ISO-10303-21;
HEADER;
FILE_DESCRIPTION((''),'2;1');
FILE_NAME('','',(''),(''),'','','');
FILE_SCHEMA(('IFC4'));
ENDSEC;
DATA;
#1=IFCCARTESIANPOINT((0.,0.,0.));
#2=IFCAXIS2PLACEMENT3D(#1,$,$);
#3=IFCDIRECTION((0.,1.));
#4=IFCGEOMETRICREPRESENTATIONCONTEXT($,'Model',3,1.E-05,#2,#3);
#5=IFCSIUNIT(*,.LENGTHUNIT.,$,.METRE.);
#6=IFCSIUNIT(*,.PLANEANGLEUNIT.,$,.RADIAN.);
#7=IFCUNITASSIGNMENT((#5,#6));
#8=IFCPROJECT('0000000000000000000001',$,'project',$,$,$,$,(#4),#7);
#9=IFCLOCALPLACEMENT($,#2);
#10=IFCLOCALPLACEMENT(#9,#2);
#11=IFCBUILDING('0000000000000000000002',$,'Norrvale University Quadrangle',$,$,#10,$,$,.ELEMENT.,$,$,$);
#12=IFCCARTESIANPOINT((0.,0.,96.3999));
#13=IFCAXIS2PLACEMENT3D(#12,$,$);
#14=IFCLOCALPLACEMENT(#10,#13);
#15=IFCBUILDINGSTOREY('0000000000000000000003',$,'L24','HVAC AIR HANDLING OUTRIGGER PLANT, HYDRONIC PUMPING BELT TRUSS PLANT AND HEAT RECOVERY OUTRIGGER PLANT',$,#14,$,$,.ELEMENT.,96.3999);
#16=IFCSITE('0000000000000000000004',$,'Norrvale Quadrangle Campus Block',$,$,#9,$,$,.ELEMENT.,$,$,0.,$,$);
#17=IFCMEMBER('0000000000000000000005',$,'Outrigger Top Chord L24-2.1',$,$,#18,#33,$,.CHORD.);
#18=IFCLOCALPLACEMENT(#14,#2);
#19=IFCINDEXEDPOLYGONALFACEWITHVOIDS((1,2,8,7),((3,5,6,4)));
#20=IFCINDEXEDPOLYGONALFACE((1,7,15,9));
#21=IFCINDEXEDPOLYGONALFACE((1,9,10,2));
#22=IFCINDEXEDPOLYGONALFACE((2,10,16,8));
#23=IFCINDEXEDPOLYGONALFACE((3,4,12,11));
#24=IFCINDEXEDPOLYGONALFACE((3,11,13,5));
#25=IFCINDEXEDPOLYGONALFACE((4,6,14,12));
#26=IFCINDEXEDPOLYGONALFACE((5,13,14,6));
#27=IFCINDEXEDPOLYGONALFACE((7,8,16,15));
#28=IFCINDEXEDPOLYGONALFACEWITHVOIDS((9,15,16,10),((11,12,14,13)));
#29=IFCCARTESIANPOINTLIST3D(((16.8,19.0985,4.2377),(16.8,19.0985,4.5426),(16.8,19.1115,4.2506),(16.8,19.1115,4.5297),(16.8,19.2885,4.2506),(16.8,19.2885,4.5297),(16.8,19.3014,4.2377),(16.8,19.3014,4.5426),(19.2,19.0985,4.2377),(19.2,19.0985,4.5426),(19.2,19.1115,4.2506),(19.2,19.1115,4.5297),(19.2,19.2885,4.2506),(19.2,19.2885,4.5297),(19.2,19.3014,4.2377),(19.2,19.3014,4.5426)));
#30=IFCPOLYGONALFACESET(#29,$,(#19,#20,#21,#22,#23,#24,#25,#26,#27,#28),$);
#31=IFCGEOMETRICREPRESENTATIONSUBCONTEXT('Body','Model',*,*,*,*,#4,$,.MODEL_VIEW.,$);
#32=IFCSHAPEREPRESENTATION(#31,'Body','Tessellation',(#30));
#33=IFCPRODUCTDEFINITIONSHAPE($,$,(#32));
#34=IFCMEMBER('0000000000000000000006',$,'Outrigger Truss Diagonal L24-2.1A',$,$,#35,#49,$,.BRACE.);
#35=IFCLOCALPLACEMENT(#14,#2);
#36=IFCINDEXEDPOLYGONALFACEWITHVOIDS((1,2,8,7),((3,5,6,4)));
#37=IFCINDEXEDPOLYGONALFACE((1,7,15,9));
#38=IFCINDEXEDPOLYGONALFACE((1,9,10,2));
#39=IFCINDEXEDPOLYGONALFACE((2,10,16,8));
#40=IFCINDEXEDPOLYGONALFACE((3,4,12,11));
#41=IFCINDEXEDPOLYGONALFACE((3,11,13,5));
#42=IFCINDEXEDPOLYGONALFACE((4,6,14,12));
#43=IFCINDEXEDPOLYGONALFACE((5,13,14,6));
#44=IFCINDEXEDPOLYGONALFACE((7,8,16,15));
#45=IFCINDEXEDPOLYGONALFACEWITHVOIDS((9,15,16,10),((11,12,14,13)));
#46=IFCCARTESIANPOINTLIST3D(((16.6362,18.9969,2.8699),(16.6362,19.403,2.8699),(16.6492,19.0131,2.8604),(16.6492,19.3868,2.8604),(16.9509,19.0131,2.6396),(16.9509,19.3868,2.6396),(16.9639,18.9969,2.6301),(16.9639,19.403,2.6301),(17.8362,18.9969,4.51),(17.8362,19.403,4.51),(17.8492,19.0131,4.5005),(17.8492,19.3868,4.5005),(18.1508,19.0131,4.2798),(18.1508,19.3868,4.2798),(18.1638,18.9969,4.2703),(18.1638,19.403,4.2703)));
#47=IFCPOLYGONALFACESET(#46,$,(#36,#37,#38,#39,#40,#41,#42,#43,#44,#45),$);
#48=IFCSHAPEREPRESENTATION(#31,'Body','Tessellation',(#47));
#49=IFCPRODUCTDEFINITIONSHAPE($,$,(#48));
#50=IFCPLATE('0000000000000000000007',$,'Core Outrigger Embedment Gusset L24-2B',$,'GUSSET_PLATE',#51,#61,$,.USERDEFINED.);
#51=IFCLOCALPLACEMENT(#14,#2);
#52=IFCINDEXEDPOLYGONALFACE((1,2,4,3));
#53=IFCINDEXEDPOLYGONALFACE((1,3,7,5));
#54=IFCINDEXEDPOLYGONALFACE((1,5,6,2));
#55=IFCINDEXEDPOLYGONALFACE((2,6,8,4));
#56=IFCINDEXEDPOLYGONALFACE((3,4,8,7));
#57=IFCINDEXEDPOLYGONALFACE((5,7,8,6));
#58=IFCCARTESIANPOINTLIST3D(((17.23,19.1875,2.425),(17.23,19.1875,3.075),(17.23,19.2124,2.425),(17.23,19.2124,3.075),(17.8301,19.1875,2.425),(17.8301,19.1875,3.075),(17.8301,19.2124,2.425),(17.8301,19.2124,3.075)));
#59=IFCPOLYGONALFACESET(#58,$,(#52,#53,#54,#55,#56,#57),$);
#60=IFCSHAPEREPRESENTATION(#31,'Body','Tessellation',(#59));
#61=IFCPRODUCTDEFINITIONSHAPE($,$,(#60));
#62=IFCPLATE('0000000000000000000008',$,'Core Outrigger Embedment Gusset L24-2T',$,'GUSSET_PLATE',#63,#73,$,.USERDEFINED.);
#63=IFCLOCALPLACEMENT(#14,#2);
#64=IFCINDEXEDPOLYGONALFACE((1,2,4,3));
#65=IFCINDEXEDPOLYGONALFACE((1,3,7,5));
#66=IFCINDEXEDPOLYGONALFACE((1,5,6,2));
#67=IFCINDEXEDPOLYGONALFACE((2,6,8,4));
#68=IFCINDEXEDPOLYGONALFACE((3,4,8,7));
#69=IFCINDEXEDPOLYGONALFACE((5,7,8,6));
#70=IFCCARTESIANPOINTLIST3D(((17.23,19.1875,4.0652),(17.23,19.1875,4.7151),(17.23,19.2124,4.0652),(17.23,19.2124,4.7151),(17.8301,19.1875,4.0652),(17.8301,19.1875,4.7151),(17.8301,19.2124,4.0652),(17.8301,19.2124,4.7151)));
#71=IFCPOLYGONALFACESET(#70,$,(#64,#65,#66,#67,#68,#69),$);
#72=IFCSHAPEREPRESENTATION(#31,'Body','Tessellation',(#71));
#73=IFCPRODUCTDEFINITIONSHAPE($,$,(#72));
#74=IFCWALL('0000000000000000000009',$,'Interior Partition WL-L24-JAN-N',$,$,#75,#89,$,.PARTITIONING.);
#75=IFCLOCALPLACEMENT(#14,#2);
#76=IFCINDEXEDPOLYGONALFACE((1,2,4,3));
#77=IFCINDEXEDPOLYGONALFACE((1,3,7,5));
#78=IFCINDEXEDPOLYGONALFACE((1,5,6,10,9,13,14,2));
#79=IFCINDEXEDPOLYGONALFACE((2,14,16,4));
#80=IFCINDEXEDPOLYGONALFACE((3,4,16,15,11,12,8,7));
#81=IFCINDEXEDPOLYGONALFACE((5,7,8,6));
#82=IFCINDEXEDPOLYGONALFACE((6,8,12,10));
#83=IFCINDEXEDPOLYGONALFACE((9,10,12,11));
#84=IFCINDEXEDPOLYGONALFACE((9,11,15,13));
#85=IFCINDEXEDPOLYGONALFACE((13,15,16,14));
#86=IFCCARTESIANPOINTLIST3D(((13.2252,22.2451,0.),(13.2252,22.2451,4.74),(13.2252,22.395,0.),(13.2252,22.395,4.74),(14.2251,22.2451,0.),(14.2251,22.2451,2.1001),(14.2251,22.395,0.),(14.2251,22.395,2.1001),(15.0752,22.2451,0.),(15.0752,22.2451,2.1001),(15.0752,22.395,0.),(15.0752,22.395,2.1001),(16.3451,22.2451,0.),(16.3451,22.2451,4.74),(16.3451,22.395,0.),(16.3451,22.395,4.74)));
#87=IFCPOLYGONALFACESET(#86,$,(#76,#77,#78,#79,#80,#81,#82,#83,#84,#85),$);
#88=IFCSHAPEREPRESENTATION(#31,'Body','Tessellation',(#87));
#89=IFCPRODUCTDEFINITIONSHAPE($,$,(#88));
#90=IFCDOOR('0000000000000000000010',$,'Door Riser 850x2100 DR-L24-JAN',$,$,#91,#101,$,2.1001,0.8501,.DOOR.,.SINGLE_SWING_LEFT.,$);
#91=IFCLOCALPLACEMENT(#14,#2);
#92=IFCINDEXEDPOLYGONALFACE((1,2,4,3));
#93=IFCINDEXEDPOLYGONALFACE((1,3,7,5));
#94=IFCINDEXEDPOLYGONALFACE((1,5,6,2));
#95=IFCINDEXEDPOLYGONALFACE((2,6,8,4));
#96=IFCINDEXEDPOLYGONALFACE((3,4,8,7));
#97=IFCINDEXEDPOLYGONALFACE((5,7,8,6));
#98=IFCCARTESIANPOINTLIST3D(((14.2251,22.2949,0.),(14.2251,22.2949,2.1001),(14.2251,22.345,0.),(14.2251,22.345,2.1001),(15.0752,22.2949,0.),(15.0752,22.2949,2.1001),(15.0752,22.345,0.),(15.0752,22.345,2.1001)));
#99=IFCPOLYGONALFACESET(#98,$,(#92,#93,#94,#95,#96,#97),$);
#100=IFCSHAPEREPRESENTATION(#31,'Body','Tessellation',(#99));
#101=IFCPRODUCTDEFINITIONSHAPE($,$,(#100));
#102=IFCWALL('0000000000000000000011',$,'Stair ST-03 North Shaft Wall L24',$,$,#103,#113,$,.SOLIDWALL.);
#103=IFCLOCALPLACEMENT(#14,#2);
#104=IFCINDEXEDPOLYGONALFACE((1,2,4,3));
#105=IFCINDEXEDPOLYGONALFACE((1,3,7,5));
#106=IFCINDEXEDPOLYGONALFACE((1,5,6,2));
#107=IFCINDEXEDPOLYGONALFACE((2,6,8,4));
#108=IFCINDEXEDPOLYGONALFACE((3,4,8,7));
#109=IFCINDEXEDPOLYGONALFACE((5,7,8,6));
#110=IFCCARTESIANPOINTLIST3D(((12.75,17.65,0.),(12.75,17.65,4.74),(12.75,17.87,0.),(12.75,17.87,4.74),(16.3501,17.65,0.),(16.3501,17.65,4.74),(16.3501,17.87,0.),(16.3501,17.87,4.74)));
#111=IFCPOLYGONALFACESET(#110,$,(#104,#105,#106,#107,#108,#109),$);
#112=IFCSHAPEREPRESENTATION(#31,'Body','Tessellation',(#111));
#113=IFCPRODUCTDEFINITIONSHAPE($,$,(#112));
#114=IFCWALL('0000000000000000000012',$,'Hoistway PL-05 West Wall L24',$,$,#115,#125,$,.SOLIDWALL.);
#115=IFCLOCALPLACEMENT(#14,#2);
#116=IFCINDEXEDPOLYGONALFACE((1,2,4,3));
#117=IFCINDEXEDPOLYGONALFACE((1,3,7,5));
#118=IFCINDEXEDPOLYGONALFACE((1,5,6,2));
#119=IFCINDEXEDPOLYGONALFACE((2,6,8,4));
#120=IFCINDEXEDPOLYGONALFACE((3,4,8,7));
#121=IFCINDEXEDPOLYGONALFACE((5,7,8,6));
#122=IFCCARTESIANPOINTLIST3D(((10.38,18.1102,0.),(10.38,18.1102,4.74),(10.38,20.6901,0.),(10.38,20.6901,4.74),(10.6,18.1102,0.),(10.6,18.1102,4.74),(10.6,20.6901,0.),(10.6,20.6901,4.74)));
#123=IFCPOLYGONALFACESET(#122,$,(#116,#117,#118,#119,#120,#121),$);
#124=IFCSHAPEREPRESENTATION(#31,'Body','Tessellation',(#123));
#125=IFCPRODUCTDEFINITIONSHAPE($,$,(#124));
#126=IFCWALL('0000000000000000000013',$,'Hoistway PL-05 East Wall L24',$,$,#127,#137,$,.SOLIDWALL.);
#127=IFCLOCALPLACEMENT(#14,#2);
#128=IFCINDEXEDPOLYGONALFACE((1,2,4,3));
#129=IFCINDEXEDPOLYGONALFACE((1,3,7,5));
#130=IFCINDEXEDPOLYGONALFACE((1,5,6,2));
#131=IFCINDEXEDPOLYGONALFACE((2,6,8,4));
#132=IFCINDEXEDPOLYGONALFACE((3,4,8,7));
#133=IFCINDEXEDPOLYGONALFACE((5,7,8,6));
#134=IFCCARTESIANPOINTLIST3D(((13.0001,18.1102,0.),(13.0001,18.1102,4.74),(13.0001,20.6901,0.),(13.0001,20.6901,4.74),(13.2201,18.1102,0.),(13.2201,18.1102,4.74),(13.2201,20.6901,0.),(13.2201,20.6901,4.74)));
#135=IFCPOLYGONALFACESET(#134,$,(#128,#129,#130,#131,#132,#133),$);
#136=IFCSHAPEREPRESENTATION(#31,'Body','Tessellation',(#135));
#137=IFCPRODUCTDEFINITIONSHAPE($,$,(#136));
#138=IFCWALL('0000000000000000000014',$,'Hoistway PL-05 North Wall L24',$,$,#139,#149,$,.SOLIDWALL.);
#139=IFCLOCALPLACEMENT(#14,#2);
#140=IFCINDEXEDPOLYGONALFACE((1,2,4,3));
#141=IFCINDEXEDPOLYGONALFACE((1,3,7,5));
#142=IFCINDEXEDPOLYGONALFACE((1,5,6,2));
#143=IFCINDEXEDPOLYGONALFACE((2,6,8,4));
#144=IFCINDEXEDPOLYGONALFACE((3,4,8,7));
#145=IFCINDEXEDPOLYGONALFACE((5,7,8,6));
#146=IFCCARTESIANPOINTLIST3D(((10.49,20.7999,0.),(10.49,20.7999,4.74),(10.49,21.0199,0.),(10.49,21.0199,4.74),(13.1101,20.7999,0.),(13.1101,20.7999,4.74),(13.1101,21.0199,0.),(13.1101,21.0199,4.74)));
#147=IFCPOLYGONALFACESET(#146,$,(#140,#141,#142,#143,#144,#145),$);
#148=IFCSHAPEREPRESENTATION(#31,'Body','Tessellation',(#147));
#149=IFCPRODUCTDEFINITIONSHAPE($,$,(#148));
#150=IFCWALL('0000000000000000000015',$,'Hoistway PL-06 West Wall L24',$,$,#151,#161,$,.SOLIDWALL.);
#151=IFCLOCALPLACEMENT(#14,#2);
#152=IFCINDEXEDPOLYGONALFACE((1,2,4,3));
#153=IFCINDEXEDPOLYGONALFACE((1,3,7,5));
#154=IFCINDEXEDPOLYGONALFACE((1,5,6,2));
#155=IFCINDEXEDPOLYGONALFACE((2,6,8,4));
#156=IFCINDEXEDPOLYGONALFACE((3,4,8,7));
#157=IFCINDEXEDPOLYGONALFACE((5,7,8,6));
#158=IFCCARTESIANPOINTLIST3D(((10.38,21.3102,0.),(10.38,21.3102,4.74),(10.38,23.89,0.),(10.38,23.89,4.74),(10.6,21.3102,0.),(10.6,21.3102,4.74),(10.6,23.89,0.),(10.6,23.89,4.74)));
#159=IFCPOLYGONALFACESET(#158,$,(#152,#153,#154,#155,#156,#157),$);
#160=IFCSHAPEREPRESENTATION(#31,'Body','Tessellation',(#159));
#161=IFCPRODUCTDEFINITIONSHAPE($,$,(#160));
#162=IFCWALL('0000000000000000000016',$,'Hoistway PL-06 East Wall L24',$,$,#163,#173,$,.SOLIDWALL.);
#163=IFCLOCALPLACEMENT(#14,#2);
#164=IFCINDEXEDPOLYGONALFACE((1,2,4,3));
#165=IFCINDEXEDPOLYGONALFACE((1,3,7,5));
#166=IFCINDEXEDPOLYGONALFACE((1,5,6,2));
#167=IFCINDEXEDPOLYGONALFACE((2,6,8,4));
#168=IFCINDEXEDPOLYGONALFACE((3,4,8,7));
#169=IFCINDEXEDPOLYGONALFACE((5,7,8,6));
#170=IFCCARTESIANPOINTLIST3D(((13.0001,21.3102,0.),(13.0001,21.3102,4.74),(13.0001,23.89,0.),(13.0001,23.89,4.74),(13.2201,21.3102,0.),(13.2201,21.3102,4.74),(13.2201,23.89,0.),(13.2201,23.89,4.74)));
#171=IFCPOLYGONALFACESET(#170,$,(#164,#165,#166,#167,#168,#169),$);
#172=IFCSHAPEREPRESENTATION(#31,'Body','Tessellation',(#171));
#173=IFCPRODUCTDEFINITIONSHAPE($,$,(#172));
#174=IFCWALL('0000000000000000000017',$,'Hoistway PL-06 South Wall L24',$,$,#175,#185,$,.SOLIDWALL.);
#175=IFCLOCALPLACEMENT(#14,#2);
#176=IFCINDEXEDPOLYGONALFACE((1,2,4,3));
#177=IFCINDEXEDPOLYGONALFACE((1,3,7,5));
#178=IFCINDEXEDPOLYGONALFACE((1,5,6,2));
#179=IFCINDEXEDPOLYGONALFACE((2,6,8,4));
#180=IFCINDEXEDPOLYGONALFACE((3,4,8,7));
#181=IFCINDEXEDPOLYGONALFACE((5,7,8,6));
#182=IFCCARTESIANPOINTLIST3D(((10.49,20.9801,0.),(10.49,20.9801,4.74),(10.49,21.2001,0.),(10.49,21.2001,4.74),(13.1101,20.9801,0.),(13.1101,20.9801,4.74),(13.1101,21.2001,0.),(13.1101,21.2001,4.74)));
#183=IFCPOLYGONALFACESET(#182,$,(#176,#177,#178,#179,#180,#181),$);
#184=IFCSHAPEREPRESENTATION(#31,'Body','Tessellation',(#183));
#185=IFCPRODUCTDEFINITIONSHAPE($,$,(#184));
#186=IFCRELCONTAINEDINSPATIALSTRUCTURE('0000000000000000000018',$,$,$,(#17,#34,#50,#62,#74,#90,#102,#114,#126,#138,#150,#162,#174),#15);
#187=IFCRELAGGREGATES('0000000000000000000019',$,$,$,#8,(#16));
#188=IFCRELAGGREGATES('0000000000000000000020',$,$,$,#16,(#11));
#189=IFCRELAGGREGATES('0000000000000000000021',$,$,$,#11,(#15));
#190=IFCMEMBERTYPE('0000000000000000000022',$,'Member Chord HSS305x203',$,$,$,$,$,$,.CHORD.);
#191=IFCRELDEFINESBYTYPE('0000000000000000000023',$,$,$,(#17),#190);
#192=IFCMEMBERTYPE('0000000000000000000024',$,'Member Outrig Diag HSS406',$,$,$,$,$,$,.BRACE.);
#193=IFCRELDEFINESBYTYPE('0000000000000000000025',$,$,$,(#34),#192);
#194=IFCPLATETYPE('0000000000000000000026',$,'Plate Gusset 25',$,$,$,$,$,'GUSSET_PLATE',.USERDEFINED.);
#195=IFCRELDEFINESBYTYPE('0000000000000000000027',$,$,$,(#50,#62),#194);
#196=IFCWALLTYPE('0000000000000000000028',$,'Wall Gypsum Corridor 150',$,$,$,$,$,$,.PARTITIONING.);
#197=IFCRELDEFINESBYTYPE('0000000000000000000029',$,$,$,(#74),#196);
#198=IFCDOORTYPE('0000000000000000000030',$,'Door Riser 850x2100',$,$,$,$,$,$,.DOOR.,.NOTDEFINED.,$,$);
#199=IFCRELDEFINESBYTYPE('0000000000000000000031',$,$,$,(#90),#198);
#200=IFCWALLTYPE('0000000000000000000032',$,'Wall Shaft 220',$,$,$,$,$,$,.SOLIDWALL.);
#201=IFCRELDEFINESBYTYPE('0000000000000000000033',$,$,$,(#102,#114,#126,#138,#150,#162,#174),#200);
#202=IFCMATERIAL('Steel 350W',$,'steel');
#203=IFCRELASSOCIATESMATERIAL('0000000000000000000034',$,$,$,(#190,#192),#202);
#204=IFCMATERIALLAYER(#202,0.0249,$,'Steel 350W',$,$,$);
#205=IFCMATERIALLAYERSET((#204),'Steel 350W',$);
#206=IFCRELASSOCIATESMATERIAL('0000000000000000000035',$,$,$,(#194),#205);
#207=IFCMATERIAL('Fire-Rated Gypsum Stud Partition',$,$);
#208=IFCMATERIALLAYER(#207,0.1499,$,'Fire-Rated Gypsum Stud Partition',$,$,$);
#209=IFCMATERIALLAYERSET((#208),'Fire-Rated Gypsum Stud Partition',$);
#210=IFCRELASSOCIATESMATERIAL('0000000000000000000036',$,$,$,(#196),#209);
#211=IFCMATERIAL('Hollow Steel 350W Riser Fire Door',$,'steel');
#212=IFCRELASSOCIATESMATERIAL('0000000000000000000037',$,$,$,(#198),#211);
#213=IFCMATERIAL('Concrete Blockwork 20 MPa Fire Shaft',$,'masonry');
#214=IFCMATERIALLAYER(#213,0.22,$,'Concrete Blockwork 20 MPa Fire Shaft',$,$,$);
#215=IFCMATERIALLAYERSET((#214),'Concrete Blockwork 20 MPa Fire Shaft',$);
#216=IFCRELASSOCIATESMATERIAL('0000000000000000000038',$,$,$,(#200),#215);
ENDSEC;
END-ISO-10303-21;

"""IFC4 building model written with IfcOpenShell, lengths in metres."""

from ifc_helpers import new_model, si_unit, direction, frame, frame_2d, origin, origin_2d, place, context, subcontext, project, spatial, rectangle, hollow_rectangle, extrude, material, layer, layer_set, material_profile, profile_set, type_object, element, fill, save


model = new_model("IFC4")

# Units and contexts
model_context = context("Model", 3, precision=1e-05, world=origin(), true_north=direction((0.0, 1.0)))
body_context = subcontext(model_context, "Body", "Model", "MODEL_VIEW")
ifc_project = project(units=[si_unit("LENGTHUNIT", "METRE"), si_unit("PLANEANGLEUNIT", "RADIAN")], contexts=[model_context])

# Site, building, storey
site_placement = place(None, origin())
site = spatial("IfcSite", under=ifc_project, at=site_placement, Name="Norrvale Quadrangle Campus Block", CompositionType="ELEMENT", RefElevation=0.0)
building_placement = place(site_placement, origin())
building = spatial("IfcBuilding", under=site, at=building_placement, Name="Norrvale University Quadrangle", CompositionType="ELEMENT")
storey_placement = place(building_placement, frame((0.0, 0.0, 96.3999)))
storey = spatial("IfcBuildingStorey", under=building, at=storey_placement, Name="L24", Description="HVAC AIR HANDLING OUTRIGGER PLANT, HYDRONIC PUMPING BELT TRUSS PLANT AND HEAT RECOVERY OUTRIGGER PLANT", CompositionType="ELEMENT", Elevation=96.3999)

# Shared definitions
ifc_material_1 = material(Name="Steel 350W", Category="steel")

# Members
ifc_material_profile_1 = material_profile(ifc_material_1, hollow_rectangle(XDim=0.2029, YDim=0.3049, WallThickness=0.0129, at=origin_2d()), Name="Steel 350W")
ifc_profile_set_1 = profile_set([ifc_material_profile_1], Name="Steel 350W")
member_type_1 = type_object("IfcMemberType", Name="Member Chord HSS305x203", PredefinedType="CHORD", material=ifc_profile_set_1)
member_1_placement = place(storey_placement, frame((16.8, 19.2, 4.3901), z_axis=(1.0, 0.0, 0.0), x_axis=(0.0, 1.0, 0.0)))
element("IfcMember", 1, at=member_1_placement, inside=storey, type_object=member_type_1, Name="Outrigger Top Chord L24-2.1", PredefinedType="CHORD", context=body_context, shape_type="SweptSolid", body=[
    extrude(hollow_rectangle(XDim=0.2029, YDim=0.3049, WallThickness=0.0129, at=origin_2d()), origin(), (0.0, 0.0, 1.0), 2.3999),
])
ifc_material_profile_2 = material_profile(ifc_material_1, hollow_rectangle(XDim=0.406, YDim=0.406, WallThickness=0.0161, at=origin_2d()), Name="Steel 350W")
ifc_profile_set_2 = profile_set([ifc_material_profile_2], Name="Steel 350W")
member_type_2 = type_object("IfcMemberType", Name="Member Outrig Diag HSS406", PredefinedType="BRACE", material=ifc_profile_set_2)
member_2_placement = place(storey_placement, frame((16.8, 19.2, 2.75), z_axis=(0.590462, 0.0, 0.807065), x_axis=(0.0, 1.0, 0.0)))
element("IfcMember", 2, at=member_2_placement, inside=storey, type_object=member_type_2, Name="Outrigger Truss Diagonal L24-2.1A", PredefinedType="BRACE", context=body_context, shape_type="SweptSolid", body=[
    extrude(hollow_rectangle(XDim=0.406, YDim=0.406, WallThickness=0.0161, at=origin_2d()), origin(), (0.0, 0.0, 1.0), 2.0322),
])

# Plates
ifc_layer_1 = layer(ifc_material_1, 0.0249, Name="Steel 350W")
ifc_layer_set_1 = layer_set([ifc_layer_1], Name="Steel 350W")
plate_type = type_object("IfcPlateType", Name="Plate Gusset 25", ElementType="GUSSET_PLATE", PredefinedType="USERDEFINED", material=ifc_layer_set_1)
for number, where, z_axis, x_axis, name in (
    (3, (17.53, 19.2, 2.425), (0.0, 0.0, 1.0), (1.0, 0.0, 0.0), "Core Outrigger Embedment Gusset L24-2B"),
    (4, (17.53, 19.2, 4.0652), (0.0, 0.0, 1.0), (1.0, 0.0, 0.0), "Core Outrigger Embedment Gusset L24-2T"),
):
    element("IfcPlate", number, at=place(storey_placement, frame(where, z_axis=z_axis, x_axis=x_axis)), inside=storey, type_object=plate_type, Name=name, ObjectType="GUSSET_PLATE", PredefinedType="USERDEFINED", context=body_context, shape_type="SweptSolid", body=[
        extrude(rectangle(XDim=0.6001, YDim=0.0249, at=origin_2d()), origin(), (0.0, 0.0, 1.0), 0.6499),
    ])

# Wall, opening, door
ifc_material_2 = material(Name="Fire-Rated Gypsum Stud Partition")
ifc_layer_2 = layer(ifc_material_2, 0.1499, Name="Fire-Rated Gypsum Stud Partition")
ifc_layer_set_2 = layer_set([ifc_layer_2], Name="Fire-Rated Gypsum Stud Partition")
wall_type_1 = type_object("IfcWallType", Name="Wall Gypsum Corridor 150", PredefinedType="PARTITIONING", material=ifc_layer_set_2)
wall_1_placement = place(storey_placement, frame((13.2251, 22.3201, 0.0), z_axis=(0.0, 0.0, 1.0), x_axis=(1.0, 0.0, 0.0)))
wall_1 = element("IfcWall", 5, at=wall_1_placement, inside=storey, type_object=wall_type_1, Name="Interior Partition WL-L24-JAN-N", PredefinedType="PARTITIONING", context=body_context, shape_type="SweptSolid", body=[
    extrude(rectangle(XDim=3.1199, YDim=0.1499, at=frame_2d((1.5601, 0.0))), origin(), (0.0, 0.0, 1.0), 4.74),
])
opening_placement = place(wall_1_placement, frame((1.0, 0.0, 0.0)))
opening = element("IfcOpeningElement", 6, at=opening_placement, cuts=wall_1, PredefinedType="OPENING", context=body_context, shape_type="SweptSolid", body=[
    extrude(rectangle(XDim=0.8501, YDim=2.1001, at=frame_2d((0.425, 1.05))), frame((0.0, 0.0869, 0.0), z_axis=(0.0, -1.0, 0.0), x_axis=(1.0, 0.0, 0.0)), (0.0, 0.0, 1.0), 0.1738),
])
ifc_material_3 = material(Name="Hollow Steel 350W Riser Fire Door", Category="steel")
door_type = type_object("IfcDoorType", Name="Door Riser 850x2100", OperationType="NOTDEFINED", PredefinedType="DOOR", material=ifc_material_3)
door_placement = place(opening_placement, origin())
door = element("IfcDoor", 7, at=door_placement, inside=storey, type_object=door_type, Name="Door Riser 850x2100 DR-L24-JAN", OperationType="SINGLE_SWING_LEFT", OverallHeight=2.1001, OverallWidth=0.8501, PredefinedType="DOOR", context=body_context, shape_type="SweptSolid", body=[
    extrude(rectangle(XDim=0.8501, YDim=2.1001, at=frame_2d((0.425, 1.05))), frame((0.0, 0.0249, 0.0), z_axis=(0.0, -1.0, 0.0), x_axis=(1.0, 0.0, 0.0)), (0.0, 0.0, 1.0), 0.05),
])
fill(opening, door)

# Walls
ifc_material_4 = material(Name="Concrete Blockwork 20 MPa Fire Shaft", Category="masonry")
ifc_layer_3 = layer(ifc_material_4, 0.22, Name="Concrete Blockwork 20 MPa Fire Shaft")
ifc_layer_set_3 = layer_set([ifc_layer_3], Name="Concrete Blockwork 20 MPa Fire Shaft")
wall_type_2 = type_object("IfcWallType", Name="Wall Shaft 220", PredefinedType="SOLIDWALL", material=ifc_layer_set_3)
wall_2_placement = place(storey_placement, frame((12.75, 17.76, 0.0), z_axis=(0.0, 0.0, 1.0), x_axis=(1.0, 0.0, 0.0)))
element("IfcWall", 8, at=wall_2_placement, inside=storey, type_object=wall_type_2, Name="Stair ST-03 North Shaft Wall L24", PredefinedType="SOLIDWALL", context=body_context, shape_type="SweptSolid", body=[
    extrude(rectangle(XDim=3.6001, YDim=0.22, at=frame_2d((1.8, 0.0))), origin(), (0.0, 0.0, 1.0), 4.74),
])
for number, where, z_axis, x_axis, name in (
    (9, (10.49, 18.1101, 0.0), (0.0, 0.0, 1.0), (0.0, 1.0, 0.0), "Hoistway PL-05 West Wall L24"),
    (10, (13.1101, 18.1101, 0.0), (0.0, 0.0, 1.0), (0.0, 1.0, 0.0), "Hoistway PL-05 East Wall L24"),
):
    element("IfcWall", number, at=place(storey_placement, frame(where, z_axis=z_axis, x_axis=x_axis)), inside=storey, type_object=wall_type_2, Name=name, PredefinedType="SOLIDWALL", context=body_context, shape_type="SweptSolid", body=[
        extrude(rectangle(XDim=2.5798, YDim=0.22, at=frame_2d((1.29, 0.0))), origin(), (0.0, 0.0, 1.0), 4.74),
    ])
wall_3_placement = place(storey_placement, frame((10.49, 20.9099, 0.0), z_axis=(0.0, 0.0, 1.0), x_axis=(1.0, 0.0, 0.0)))
element("IfcWall", 11, at=wall_3_placement, inside=storey, type_object=wall_type_2, Name="Hoistway PL-05 North Wall L24", PredefinedType="SOLIDWALL", context=body_context, shape_type="SweptSolid", body=[
    extrude(rectangle(XDim=2.6201, YDim=0.22, at=frame_2d((1.3101, 0.0))), origin(), (0.0, 0.0, 1.0), 4.74),
])
for number, where, z_axis, x_axis, name in (
    (12, (10.49, 21.3101, 0.0), (0.0, 0.0, 1.0), (0.0, 1.0, 0.0), "Hoistway PL-06 West Wall L24"),
    (13, (13.1101, 21.3101, 0.0), (0.0, 0.0, 1.0), (0.0, 1.0, 0.0), "Hoistway PL-06 East Wall L24"),
):
    element("IfcWall", number, at=place(storey_placement, frame(where, z_axis=z_axis, x_axis=x_axis)), inside=storey, type_object=wall_type_2, Name=name, PredefinedType="SOLIDWALL", context=body_context, shape_type="SweptSolid", body=[
        extrude(rectangle(XDim=2.5798, YDim=0.22, at=frame_2d((1.29, 0.0))), origin(), (0.0, 0.0, 1.0), 4.74),
    ])
for number, where, z_axis, x_axis, name in (
    (14, (10.49, 21.0901, 0.0), (0.0, 0.0, 1.0), (1.0, 0.0, 0.0), "Hoistway PL-06 South Wall L24"),
):
    element("IfcWall", number, at=place(storey_placement, frame(where, z_axis=z_axis, x_axis=x_axis)), inside=storey, type_object=wall_type_2, Name=name, PredefinedType="SOLIDWALL", context=body_context, shape_type="SweptSolid", body=[
        extrude(rectangle(XDim=2.6201, YDim=0.22, at=frame_2d((1.3101, 0.0))), origin(), (0.0, 0.0, 1.0), 4.74),
    ])

save(model, "model.ifc")
